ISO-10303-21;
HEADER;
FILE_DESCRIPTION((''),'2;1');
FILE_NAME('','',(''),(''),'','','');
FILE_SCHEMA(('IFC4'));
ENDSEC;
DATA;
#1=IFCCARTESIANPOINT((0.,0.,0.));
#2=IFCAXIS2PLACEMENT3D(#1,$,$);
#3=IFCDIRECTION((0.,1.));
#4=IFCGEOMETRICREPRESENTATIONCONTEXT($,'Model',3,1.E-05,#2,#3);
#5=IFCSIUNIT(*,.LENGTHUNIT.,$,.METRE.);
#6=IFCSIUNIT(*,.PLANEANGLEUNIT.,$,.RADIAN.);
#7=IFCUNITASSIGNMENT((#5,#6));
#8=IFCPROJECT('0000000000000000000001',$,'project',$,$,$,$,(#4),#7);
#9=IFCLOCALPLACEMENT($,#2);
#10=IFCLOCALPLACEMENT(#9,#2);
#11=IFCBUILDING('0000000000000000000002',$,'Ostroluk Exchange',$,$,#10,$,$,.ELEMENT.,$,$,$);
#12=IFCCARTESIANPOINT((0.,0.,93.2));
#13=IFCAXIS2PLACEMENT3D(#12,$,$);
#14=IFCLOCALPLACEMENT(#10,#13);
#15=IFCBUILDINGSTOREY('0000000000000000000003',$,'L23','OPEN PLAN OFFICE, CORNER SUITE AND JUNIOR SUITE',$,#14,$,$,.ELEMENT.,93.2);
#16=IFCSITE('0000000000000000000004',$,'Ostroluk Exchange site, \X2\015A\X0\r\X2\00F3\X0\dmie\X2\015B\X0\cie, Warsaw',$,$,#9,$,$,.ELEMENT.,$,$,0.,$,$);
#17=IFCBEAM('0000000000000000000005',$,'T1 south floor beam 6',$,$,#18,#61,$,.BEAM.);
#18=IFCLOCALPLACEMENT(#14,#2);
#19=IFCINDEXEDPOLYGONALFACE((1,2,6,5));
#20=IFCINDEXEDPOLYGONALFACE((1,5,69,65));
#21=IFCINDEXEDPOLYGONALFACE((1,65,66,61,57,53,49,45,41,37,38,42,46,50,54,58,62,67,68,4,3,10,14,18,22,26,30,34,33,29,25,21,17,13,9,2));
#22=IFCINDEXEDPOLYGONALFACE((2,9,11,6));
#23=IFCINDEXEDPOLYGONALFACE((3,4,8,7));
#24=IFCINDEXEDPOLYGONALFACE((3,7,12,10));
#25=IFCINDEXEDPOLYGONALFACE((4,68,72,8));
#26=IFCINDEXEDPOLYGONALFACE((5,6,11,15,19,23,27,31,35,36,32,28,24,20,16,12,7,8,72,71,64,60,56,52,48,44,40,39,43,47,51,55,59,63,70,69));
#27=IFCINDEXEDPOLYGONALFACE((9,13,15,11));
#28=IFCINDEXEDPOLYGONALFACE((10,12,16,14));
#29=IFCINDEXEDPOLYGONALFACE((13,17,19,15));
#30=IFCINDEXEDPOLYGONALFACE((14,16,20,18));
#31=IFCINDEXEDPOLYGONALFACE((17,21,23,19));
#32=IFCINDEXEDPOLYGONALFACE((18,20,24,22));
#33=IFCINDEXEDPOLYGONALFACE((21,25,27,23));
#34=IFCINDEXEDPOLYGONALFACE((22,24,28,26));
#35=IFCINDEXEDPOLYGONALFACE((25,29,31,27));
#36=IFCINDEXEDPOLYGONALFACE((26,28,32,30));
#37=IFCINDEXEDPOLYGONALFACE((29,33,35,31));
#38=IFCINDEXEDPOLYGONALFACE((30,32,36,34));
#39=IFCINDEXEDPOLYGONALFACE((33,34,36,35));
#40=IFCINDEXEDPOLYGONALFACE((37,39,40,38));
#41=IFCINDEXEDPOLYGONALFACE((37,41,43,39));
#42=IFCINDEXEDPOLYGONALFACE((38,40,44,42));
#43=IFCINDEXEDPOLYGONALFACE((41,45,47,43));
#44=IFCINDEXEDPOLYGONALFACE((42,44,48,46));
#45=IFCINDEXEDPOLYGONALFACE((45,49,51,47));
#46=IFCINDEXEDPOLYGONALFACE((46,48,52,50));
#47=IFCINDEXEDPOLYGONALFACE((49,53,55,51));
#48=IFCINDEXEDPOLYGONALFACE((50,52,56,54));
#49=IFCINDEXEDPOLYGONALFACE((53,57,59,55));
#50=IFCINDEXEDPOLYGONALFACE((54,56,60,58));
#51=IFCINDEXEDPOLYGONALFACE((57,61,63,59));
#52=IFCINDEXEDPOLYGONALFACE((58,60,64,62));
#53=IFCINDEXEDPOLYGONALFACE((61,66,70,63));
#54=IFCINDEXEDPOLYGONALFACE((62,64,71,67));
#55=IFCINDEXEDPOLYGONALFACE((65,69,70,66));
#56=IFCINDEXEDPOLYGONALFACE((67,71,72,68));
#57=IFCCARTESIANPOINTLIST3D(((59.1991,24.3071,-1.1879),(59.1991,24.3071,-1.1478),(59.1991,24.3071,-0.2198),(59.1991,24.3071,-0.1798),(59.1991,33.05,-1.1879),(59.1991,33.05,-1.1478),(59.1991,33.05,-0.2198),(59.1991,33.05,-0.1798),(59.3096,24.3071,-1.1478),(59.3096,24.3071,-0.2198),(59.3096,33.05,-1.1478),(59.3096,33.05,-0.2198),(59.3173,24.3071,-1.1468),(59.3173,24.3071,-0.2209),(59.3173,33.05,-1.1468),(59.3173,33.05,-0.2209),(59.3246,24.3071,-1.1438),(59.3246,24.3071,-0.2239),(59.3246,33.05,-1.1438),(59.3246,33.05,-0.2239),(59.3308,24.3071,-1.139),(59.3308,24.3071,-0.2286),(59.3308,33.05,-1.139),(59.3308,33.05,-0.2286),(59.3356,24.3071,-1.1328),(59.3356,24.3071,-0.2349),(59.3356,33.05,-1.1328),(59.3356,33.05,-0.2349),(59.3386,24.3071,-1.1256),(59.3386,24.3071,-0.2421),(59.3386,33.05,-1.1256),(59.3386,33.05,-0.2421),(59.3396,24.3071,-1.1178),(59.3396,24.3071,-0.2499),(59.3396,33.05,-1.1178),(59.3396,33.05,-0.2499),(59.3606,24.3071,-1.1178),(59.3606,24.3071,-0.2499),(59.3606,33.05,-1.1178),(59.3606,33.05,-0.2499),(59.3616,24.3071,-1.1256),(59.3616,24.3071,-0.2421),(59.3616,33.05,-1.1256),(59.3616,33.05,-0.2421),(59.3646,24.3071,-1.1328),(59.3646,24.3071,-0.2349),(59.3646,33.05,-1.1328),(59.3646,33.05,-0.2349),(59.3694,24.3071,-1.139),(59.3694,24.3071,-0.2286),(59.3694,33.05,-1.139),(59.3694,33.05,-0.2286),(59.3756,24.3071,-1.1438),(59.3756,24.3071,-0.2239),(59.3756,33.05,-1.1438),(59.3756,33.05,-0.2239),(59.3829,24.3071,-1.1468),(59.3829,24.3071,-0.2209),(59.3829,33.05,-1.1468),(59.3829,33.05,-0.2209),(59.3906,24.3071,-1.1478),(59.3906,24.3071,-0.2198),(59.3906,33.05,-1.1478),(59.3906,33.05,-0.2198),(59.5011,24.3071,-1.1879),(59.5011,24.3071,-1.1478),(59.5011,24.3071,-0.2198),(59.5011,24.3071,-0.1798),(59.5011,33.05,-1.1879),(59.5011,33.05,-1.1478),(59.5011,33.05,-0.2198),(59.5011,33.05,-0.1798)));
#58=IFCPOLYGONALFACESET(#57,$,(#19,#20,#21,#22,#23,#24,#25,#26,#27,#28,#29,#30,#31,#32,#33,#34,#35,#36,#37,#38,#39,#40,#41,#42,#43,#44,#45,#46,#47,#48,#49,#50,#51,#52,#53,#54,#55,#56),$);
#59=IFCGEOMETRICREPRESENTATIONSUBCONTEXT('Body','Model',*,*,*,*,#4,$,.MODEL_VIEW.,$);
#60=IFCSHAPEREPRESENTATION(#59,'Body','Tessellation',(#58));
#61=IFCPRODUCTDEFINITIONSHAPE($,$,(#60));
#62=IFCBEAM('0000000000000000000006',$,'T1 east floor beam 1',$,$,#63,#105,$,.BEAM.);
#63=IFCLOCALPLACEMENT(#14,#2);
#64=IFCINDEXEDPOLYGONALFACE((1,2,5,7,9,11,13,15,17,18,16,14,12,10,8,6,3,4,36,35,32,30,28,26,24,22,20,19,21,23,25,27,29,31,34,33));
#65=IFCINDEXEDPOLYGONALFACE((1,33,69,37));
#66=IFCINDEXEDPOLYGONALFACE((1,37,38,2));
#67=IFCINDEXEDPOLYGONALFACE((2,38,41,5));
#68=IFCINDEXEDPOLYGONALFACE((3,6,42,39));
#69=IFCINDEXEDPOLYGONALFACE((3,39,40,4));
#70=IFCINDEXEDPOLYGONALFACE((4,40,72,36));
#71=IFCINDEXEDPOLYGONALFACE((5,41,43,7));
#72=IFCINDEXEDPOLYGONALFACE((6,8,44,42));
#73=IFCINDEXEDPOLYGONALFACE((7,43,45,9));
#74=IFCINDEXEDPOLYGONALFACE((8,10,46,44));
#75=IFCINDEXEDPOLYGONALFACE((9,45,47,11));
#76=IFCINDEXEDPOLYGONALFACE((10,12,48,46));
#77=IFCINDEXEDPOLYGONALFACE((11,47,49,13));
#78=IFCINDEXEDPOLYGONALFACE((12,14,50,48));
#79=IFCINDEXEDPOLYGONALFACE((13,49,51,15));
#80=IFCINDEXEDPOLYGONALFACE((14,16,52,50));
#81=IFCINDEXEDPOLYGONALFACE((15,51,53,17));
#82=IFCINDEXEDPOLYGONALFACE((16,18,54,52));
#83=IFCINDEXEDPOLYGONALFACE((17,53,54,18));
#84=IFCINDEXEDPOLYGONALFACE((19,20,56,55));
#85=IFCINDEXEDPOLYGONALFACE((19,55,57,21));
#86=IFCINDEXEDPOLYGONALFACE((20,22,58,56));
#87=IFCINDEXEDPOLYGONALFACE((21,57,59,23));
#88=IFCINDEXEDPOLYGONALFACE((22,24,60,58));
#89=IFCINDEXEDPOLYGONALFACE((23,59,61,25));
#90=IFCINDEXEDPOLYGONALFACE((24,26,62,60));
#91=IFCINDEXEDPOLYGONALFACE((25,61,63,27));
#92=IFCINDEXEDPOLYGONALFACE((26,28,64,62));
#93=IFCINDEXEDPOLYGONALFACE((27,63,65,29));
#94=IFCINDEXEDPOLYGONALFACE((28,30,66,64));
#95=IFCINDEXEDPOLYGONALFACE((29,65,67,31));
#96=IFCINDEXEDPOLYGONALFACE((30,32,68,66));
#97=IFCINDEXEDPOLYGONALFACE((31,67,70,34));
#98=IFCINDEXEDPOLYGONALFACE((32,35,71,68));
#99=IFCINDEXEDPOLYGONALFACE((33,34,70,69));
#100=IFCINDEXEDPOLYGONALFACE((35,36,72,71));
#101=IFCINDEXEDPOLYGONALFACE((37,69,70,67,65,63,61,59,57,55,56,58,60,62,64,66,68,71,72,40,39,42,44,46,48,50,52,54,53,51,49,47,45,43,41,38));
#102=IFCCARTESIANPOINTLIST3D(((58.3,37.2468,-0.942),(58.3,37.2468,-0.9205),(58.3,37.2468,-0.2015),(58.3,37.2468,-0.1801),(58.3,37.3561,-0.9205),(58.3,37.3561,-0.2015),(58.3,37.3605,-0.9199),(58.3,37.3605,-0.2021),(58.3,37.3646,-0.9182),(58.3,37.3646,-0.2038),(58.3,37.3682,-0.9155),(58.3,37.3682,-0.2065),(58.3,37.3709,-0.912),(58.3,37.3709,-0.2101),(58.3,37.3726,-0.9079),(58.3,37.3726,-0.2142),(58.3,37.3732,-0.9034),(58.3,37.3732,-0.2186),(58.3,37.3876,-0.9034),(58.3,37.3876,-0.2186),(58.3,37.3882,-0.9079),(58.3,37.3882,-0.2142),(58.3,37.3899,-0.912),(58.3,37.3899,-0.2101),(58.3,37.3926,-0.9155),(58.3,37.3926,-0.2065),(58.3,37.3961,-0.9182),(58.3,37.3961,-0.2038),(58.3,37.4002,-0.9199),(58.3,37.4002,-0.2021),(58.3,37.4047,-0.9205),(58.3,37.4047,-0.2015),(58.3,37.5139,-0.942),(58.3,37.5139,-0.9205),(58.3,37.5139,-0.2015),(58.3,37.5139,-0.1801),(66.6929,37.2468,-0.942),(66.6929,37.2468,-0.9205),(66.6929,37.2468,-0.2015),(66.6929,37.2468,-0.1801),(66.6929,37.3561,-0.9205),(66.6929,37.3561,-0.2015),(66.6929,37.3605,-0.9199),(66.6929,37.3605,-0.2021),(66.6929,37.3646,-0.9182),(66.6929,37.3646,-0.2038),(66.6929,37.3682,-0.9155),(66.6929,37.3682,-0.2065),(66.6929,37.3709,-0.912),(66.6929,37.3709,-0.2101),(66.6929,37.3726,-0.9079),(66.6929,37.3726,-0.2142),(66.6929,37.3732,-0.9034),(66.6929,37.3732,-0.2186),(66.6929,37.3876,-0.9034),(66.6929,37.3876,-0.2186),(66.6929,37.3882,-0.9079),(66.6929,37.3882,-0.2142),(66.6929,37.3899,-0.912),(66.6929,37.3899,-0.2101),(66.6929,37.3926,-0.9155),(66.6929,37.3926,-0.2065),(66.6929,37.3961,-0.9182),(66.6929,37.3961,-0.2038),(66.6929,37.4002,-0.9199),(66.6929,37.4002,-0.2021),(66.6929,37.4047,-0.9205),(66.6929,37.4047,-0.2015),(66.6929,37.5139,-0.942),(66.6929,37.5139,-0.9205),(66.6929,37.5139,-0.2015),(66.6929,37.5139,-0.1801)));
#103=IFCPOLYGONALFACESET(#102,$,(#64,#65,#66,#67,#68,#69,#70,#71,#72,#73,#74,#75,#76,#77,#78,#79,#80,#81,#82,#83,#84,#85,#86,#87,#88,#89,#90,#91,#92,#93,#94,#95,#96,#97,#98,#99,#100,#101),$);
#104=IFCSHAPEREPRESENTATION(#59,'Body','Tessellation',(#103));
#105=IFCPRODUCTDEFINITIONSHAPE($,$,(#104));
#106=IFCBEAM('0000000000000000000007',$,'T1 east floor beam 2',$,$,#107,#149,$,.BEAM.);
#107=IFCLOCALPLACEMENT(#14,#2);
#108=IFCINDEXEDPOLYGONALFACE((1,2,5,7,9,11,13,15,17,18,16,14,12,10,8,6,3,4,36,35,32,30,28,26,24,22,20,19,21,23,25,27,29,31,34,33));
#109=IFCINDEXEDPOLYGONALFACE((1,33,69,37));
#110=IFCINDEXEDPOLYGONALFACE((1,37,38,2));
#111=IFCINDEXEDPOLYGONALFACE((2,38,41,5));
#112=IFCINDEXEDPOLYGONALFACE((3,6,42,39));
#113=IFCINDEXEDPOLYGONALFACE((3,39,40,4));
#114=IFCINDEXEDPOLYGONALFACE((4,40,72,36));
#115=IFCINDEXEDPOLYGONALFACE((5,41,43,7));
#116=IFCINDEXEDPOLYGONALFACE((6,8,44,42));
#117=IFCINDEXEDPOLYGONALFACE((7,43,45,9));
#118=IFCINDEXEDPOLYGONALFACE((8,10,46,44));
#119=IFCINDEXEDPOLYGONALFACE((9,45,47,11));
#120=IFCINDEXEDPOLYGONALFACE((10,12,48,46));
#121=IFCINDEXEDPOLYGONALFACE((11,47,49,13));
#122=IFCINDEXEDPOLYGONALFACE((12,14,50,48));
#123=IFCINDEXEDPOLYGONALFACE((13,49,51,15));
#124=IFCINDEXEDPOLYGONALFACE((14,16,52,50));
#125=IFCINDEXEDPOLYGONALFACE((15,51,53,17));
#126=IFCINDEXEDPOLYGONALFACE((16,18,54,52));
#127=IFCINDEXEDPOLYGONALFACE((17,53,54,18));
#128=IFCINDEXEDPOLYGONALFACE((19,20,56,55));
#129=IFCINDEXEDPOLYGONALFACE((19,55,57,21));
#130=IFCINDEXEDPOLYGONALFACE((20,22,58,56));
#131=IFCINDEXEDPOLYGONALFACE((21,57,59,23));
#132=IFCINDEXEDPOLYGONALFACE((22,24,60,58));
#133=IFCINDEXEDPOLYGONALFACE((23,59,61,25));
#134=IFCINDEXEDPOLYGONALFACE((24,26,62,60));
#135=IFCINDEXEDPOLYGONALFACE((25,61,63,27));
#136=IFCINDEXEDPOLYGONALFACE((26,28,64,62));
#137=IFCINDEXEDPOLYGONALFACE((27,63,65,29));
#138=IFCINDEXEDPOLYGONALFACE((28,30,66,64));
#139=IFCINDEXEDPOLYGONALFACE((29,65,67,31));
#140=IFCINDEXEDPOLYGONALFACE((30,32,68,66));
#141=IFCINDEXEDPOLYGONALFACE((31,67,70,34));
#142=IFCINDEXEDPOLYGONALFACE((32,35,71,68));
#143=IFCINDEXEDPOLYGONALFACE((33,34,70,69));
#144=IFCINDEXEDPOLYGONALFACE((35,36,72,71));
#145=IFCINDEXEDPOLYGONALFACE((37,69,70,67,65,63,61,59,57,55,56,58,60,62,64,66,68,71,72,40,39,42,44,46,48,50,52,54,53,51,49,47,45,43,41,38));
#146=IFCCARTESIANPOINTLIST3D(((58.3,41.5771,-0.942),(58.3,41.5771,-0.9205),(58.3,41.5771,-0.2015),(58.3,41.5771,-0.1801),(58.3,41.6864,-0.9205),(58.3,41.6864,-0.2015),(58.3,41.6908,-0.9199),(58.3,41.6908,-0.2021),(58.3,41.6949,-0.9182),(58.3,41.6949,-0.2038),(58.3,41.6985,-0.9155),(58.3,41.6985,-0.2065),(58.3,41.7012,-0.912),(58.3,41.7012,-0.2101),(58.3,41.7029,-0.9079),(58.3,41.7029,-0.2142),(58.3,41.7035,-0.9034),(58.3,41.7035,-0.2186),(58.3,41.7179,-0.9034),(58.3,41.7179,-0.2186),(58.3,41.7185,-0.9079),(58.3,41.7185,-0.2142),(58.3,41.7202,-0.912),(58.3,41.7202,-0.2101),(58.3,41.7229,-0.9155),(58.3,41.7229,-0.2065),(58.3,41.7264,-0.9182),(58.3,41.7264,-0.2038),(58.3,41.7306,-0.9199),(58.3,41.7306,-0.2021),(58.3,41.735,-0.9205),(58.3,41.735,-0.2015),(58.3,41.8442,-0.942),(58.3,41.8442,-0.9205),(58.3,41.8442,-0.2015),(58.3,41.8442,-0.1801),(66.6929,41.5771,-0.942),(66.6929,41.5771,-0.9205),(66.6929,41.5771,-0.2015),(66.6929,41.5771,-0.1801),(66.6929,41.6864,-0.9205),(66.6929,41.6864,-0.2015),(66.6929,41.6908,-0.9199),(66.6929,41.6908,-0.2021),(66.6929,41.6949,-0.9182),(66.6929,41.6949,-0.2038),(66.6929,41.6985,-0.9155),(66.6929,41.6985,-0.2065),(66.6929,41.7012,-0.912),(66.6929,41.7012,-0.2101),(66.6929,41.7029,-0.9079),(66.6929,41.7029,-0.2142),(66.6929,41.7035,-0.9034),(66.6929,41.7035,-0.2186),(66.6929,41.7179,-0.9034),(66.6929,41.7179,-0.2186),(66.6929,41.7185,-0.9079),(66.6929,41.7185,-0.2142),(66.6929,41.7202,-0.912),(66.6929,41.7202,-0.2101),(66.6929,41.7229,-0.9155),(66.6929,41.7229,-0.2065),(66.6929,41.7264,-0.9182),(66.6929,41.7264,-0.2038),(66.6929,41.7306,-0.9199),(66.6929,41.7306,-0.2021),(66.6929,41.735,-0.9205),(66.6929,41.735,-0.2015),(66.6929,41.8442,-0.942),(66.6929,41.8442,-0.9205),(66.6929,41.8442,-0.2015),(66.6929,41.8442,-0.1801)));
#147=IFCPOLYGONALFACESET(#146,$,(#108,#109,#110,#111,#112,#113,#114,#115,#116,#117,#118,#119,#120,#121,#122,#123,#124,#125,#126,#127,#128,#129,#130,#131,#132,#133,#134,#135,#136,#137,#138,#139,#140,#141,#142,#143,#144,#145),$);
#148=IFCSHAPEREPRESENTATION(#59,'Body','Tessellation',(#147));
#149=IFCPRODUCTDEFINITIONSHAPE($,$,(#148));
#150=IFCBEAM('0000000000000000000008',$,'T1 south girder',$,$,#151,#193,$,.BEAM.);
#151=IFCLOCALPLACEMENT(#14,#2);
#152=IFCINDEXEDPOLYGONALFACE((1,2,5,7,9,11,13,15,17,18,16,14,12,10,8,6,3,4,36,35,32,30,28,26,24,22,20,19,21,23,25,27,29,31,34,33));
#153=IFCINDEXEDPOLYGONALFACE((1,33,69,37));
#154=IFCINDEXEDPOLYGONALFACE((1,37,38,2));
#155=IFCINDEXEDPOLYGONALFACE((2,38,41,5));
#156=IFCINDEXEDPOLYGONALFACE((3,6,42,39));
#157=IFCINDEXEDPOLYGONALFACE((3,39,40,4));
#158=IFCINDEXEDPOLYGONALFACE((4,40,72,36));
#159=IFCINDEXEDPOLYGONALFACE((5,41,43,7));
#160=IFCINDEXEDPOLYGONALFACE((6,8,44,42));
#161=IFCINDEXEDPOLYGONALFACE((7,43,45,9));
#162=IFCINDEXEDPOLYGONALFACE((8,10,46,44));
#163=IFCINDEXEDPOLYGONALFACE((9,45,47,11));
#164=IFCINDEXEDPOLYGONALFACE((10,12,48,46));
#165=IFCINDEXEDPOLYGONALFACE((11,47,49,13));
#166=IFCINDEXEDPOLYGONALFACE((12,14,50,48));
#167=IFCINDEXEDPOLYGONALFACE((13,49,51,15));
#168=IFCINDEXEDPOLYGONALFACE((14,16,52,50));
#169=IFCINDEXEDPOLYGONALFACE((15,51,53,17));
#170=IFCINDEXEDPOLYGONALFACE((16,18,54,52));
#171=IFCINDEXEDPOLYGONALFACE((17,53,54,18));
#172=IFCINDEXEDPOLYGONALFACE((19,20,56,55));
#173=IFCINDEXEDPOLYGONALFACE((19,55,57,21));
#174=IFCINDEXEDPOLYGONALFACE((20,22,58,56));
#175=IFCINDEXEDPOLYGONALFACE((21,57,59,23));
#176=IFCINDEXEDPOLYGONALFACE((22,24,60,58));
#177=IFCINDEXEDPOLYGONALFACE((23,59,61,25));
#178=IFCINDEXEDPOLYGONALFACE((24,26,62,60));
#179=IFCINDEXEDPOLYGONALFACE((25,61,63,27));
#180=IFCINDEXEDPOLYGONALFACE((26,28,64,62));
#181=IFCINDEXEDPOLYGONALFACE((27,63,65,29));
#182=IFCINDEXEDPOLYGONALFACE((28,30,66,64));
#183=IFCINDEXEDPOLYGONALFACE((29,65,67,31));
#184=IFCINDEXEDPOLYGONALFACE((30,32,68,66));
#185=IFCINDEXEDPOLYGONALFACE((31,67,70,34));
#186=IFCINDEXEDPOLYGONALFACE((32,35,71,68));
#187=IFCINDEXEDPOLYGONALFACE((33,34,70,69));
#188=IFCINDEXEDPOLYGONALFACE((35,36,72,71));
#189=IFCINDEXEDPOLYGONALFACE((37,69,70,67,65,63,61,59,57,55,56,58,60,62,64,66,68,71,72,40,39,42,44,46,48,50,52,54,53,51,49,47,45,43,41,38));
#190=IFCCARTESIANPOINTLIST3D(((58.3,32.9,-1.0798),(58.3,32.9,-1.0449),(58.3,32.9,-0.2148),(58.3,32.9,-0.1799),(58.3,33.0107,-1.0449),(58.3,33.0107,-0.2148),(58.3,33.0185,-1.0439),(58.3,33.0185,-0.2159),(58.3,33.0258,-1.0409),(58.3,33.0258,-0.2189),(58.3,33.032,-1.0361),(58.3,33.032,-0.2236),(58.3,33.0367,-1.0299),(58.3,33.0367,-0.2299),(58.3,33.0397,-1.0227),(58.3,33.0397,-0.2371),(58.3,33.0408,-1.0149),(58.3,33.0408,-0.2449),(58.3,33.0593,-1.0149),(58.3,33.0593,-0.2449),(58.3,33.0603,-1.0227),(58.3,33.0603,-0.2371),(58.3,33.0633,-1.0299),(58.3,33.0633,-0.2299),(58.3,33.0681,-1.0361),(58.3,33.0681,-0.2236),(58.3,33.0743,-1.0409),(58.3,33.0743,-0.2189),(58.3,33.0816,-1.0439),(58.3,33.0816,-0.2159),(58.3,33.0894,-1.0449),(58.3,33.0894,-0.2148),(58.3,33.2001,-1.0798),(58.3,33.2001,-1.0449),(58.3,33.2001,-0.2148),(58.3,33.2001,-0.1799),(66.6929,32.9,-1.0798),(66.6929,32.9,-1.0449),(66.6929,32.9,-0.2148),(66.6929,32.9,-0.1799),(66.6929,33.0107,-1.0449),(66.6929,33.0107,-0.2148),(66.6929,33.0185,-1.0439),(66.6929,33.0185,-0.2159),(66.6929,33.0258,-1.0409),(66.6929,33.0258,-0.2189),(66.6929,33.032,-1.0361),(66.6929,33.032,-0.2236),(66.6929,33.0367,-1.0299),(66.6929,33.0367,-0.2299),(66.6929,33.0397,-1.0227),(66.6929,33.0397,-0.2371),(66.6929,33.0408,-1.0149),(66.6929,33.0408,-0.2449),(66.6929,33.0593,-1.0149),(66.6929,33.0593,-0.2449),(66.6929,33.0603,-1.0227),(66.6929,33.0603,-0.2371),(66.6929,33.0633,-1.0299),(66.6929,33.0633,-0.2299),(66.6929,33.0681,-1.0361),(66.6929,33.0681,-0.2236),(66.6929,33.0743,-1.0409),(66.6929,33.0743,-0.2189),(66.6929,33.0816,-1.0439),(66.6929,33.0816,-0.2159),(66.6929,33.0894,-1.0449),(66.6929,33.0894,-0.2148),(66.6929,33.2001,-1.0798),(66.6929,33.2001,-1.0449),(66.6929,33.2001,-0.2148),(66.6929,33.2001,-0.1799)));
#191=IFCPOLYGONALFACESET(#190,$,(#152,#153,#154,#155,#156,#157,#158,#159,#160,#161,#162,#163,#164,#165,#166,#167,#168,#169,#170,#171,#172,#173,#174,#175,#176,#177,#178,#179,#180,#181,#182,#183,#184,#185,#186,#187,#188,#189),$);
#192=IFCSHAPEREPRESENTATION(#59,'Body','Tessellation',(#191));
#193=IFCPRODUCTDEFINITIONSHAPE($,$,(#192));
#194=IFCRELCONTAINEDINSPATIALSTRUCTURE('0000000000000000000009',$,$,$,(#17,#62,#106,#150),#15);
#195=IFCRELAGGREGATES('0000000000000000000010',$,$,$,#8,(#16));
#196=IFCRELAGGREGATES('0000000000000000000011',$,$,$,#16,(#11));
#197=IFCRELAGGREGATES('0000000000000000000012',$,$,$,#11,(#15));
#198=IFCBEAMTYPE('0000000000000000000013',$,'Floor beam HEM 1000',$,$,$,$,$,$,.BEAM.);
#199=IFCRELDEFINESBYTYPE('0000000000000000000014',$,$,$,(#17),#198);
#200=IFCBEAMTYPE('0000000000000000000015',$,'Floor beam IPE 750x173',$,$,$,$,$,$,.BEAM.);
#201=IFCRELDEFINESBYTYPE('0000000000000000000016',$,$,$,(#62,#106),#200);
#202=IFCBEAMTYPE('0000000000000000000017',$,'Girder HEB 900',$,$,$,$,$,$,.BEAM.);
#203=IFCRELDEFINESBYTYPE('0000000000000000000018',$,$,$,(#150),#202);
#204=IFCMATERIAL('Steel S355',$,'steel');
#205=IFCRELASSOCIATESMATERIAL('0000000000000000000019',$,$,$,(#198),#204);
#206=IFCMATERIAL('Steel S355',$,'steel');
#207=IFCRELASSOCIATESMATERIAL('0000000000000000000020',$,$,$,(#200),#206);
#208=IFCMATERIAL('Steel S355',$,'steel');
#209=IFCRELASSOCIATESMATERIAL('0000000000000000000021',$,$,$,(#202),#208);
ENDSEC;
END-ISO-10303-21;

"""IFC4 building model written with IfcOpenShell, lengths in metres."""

from ifc_helpers import new_model, si_unit, direction, frame, origin, origin_2d, place, context, subcontext, project, spatial, i_section, extrude, material, material_profile, profile_set, type_object, element, save


model = new_model("IFC4")

# Units and contexts
model_context = context("Model", 3, precision=1e-05, world=origin(), true_north=direction((0.0, 1.0)))
body_context = subcontext(model_context, "Body", "Model", "MODEL_VIEW")
ifc_project = project(units=[si_unit("LENGTHUNIT", "METRE"), si_unit("PLANEANGLEUNIT", "RADIAN")], contexts=[model_context])

# Site, building, storey
site_placement = place(None, origin())
site = spatial("IfcSite", under=ifc_project, at=site_placement, Name="Ostroluk Exchange site, Śródmieście, Warsaw", CompositionType="ELEMENT", RefElevation=0.0)
building_placement = place(site_placement, origin())
building = spatial("IfcBuilding", under=site, at=building_placement, Name="Ostroluk Exchange", CompositionType="ELEMENT")
storey_placement = place(building_placement, frame((0.0, 0.0, 93.2)))
storey = spatial("IfcBuildingStorey", under=building, at=storey_placement, Name="L23", Description="OPEN PLAN OFFICE, CORNER SUITE AND JUNIOR SUITE", CompositionType="ELEMENT", Elevation=93.2)

# Beams
ifc_material_1 = material(Name="Steel S355", Category="steel")
ifc_material_profile_1 = material_profile(ifc_material_1, i_section(OverallWidth=0.302, OverallDepth=1.0081, WebThickness=0.021, FlangeThickness=0.04, FilletRadius=0.03, at=origin_2d()), Name="HEM 1000")
ifc_profile_set_1 = profile_set([ifc_material_profile_1], Name="Steel S355")
beam_type_1 = type_object("IfcBeamType", Name="Floor beam HEM 1000", PredefinedType="BEAM", material=ifc_profile_set_1)
beam_1_placement = place(storey_placement, frame((59.3501, 33.05, -0.6838), z_axis=(0.0, -1.0, 0.0), x_axis=(1.0, 0.0, 0.0)))
element("IfcBeam", 1, at=beam_1_placement, inside=storey, type_object=beam_type_1, Name="T1 south floor beam 6", PredefinedType="BEAM", context=body_context, shape_type="SweptSolid", body=[
    extrude(i_section(OverallWidth=0.302, OverallDepth=1.0081, WebThickness=0.021, FlangeThickness=0.04, FilletRadius=0.03, at=origin_2d()), origin(), (0.0, 0.0, 1.0), 8.7429),
])
ifc_material_2 = material(Name="Steel S355", Category="steel")
ifc_material_profile_2 = material_profile(ifc_material_2, i_section(OverallWidth=0.2671, OverallDepth=0.762, WebThickness=0.0144, FlangeThickness=0.0215, FilletRadius=0.0171, at=origin_2d()), Name="IPE 750x173")
ifc_profile_set_2 = profile_set([ifc_material_profile_2], Name="Steel S355")
beam_type_2 = type_object("IfcBeamType", Name="Floor beam IPE 750x173", PredefinedType="BEAM", material=ifc_profile_set_2)
for number, where, z_axis, x_axis, name in (
    (2, (58.3, 37.3804, -0.561), (1.0, 0.0, 0.0), (0.0, 1.0, 0.0), "T1 east floor beam 1"),
    (3, (58.3, 41.7107, -0.561), (1.0, 0.0, 0.0), (0.0, 1.0, 0.0), "T1 east floor beam 2"),
):
    element("IfcBeam", number, at=place(storey_placement, frame(where, z_axis=z_axis, x_axis=x_axis)), inside=storey, type_object=beam_type_2, Name=name, PredefinedType="BEAM", context=body_context, shape_type="SweptSolid", body=[
        extrude(i_section(OverallWidth=0.2671, OverallDepth=0.762, WebThickness=0.0144, FlangeThickness=0.0215, FilletRadius=0.0171, at=origin_2d()), origin(), (0.0, 0.0, 1.0), 8.3928),
    ])
ifc_material_3 = material(Name="Steel S355", Category="steel")
ifc_material_profile_3 = material_profile(ifc_material_3, i_section(OverallWidth=0.3, OverallDepth=0.8999, WebThickness=0.0186, FlangeThickness=0.0349, FilletRadius=0.03, at=origin_2d()), Name="HEB 900")
ifc_profile_set_3 = profile_set([ifc_material_profile_3], Name="Steel S355")
beam_type_3 = type_object("IfcBeamType", Name="Girder HEB 900", PredefinedType="BEAM", material=ifc_profile_set_3)
beam_2_placement = place(storey_placement, frame((58.3, 33.05, -0.6299), z_axis=(1.0, 0.0, 0.0), x_axis=(0.0, 1.0, 0.0)))
element("IfcBeam", 4, at=beam_2_placement, inside=storey, type_object=beam_type_3, Name="T1 south girder", PredefinedType="BEAM", context=body_context, shape_type="SweptSolid", body=[
    extrude(i_section(OverallWidth=0.3, OverallDepth=0.8999, WebThickness=0.0186, FlangeThickness=0.0349, FilletRadius=0.03, at=origin_2d()), origin(), (0.0, 0.0, 1.0), 8.3928),
])

save(model, "model.ifc")
